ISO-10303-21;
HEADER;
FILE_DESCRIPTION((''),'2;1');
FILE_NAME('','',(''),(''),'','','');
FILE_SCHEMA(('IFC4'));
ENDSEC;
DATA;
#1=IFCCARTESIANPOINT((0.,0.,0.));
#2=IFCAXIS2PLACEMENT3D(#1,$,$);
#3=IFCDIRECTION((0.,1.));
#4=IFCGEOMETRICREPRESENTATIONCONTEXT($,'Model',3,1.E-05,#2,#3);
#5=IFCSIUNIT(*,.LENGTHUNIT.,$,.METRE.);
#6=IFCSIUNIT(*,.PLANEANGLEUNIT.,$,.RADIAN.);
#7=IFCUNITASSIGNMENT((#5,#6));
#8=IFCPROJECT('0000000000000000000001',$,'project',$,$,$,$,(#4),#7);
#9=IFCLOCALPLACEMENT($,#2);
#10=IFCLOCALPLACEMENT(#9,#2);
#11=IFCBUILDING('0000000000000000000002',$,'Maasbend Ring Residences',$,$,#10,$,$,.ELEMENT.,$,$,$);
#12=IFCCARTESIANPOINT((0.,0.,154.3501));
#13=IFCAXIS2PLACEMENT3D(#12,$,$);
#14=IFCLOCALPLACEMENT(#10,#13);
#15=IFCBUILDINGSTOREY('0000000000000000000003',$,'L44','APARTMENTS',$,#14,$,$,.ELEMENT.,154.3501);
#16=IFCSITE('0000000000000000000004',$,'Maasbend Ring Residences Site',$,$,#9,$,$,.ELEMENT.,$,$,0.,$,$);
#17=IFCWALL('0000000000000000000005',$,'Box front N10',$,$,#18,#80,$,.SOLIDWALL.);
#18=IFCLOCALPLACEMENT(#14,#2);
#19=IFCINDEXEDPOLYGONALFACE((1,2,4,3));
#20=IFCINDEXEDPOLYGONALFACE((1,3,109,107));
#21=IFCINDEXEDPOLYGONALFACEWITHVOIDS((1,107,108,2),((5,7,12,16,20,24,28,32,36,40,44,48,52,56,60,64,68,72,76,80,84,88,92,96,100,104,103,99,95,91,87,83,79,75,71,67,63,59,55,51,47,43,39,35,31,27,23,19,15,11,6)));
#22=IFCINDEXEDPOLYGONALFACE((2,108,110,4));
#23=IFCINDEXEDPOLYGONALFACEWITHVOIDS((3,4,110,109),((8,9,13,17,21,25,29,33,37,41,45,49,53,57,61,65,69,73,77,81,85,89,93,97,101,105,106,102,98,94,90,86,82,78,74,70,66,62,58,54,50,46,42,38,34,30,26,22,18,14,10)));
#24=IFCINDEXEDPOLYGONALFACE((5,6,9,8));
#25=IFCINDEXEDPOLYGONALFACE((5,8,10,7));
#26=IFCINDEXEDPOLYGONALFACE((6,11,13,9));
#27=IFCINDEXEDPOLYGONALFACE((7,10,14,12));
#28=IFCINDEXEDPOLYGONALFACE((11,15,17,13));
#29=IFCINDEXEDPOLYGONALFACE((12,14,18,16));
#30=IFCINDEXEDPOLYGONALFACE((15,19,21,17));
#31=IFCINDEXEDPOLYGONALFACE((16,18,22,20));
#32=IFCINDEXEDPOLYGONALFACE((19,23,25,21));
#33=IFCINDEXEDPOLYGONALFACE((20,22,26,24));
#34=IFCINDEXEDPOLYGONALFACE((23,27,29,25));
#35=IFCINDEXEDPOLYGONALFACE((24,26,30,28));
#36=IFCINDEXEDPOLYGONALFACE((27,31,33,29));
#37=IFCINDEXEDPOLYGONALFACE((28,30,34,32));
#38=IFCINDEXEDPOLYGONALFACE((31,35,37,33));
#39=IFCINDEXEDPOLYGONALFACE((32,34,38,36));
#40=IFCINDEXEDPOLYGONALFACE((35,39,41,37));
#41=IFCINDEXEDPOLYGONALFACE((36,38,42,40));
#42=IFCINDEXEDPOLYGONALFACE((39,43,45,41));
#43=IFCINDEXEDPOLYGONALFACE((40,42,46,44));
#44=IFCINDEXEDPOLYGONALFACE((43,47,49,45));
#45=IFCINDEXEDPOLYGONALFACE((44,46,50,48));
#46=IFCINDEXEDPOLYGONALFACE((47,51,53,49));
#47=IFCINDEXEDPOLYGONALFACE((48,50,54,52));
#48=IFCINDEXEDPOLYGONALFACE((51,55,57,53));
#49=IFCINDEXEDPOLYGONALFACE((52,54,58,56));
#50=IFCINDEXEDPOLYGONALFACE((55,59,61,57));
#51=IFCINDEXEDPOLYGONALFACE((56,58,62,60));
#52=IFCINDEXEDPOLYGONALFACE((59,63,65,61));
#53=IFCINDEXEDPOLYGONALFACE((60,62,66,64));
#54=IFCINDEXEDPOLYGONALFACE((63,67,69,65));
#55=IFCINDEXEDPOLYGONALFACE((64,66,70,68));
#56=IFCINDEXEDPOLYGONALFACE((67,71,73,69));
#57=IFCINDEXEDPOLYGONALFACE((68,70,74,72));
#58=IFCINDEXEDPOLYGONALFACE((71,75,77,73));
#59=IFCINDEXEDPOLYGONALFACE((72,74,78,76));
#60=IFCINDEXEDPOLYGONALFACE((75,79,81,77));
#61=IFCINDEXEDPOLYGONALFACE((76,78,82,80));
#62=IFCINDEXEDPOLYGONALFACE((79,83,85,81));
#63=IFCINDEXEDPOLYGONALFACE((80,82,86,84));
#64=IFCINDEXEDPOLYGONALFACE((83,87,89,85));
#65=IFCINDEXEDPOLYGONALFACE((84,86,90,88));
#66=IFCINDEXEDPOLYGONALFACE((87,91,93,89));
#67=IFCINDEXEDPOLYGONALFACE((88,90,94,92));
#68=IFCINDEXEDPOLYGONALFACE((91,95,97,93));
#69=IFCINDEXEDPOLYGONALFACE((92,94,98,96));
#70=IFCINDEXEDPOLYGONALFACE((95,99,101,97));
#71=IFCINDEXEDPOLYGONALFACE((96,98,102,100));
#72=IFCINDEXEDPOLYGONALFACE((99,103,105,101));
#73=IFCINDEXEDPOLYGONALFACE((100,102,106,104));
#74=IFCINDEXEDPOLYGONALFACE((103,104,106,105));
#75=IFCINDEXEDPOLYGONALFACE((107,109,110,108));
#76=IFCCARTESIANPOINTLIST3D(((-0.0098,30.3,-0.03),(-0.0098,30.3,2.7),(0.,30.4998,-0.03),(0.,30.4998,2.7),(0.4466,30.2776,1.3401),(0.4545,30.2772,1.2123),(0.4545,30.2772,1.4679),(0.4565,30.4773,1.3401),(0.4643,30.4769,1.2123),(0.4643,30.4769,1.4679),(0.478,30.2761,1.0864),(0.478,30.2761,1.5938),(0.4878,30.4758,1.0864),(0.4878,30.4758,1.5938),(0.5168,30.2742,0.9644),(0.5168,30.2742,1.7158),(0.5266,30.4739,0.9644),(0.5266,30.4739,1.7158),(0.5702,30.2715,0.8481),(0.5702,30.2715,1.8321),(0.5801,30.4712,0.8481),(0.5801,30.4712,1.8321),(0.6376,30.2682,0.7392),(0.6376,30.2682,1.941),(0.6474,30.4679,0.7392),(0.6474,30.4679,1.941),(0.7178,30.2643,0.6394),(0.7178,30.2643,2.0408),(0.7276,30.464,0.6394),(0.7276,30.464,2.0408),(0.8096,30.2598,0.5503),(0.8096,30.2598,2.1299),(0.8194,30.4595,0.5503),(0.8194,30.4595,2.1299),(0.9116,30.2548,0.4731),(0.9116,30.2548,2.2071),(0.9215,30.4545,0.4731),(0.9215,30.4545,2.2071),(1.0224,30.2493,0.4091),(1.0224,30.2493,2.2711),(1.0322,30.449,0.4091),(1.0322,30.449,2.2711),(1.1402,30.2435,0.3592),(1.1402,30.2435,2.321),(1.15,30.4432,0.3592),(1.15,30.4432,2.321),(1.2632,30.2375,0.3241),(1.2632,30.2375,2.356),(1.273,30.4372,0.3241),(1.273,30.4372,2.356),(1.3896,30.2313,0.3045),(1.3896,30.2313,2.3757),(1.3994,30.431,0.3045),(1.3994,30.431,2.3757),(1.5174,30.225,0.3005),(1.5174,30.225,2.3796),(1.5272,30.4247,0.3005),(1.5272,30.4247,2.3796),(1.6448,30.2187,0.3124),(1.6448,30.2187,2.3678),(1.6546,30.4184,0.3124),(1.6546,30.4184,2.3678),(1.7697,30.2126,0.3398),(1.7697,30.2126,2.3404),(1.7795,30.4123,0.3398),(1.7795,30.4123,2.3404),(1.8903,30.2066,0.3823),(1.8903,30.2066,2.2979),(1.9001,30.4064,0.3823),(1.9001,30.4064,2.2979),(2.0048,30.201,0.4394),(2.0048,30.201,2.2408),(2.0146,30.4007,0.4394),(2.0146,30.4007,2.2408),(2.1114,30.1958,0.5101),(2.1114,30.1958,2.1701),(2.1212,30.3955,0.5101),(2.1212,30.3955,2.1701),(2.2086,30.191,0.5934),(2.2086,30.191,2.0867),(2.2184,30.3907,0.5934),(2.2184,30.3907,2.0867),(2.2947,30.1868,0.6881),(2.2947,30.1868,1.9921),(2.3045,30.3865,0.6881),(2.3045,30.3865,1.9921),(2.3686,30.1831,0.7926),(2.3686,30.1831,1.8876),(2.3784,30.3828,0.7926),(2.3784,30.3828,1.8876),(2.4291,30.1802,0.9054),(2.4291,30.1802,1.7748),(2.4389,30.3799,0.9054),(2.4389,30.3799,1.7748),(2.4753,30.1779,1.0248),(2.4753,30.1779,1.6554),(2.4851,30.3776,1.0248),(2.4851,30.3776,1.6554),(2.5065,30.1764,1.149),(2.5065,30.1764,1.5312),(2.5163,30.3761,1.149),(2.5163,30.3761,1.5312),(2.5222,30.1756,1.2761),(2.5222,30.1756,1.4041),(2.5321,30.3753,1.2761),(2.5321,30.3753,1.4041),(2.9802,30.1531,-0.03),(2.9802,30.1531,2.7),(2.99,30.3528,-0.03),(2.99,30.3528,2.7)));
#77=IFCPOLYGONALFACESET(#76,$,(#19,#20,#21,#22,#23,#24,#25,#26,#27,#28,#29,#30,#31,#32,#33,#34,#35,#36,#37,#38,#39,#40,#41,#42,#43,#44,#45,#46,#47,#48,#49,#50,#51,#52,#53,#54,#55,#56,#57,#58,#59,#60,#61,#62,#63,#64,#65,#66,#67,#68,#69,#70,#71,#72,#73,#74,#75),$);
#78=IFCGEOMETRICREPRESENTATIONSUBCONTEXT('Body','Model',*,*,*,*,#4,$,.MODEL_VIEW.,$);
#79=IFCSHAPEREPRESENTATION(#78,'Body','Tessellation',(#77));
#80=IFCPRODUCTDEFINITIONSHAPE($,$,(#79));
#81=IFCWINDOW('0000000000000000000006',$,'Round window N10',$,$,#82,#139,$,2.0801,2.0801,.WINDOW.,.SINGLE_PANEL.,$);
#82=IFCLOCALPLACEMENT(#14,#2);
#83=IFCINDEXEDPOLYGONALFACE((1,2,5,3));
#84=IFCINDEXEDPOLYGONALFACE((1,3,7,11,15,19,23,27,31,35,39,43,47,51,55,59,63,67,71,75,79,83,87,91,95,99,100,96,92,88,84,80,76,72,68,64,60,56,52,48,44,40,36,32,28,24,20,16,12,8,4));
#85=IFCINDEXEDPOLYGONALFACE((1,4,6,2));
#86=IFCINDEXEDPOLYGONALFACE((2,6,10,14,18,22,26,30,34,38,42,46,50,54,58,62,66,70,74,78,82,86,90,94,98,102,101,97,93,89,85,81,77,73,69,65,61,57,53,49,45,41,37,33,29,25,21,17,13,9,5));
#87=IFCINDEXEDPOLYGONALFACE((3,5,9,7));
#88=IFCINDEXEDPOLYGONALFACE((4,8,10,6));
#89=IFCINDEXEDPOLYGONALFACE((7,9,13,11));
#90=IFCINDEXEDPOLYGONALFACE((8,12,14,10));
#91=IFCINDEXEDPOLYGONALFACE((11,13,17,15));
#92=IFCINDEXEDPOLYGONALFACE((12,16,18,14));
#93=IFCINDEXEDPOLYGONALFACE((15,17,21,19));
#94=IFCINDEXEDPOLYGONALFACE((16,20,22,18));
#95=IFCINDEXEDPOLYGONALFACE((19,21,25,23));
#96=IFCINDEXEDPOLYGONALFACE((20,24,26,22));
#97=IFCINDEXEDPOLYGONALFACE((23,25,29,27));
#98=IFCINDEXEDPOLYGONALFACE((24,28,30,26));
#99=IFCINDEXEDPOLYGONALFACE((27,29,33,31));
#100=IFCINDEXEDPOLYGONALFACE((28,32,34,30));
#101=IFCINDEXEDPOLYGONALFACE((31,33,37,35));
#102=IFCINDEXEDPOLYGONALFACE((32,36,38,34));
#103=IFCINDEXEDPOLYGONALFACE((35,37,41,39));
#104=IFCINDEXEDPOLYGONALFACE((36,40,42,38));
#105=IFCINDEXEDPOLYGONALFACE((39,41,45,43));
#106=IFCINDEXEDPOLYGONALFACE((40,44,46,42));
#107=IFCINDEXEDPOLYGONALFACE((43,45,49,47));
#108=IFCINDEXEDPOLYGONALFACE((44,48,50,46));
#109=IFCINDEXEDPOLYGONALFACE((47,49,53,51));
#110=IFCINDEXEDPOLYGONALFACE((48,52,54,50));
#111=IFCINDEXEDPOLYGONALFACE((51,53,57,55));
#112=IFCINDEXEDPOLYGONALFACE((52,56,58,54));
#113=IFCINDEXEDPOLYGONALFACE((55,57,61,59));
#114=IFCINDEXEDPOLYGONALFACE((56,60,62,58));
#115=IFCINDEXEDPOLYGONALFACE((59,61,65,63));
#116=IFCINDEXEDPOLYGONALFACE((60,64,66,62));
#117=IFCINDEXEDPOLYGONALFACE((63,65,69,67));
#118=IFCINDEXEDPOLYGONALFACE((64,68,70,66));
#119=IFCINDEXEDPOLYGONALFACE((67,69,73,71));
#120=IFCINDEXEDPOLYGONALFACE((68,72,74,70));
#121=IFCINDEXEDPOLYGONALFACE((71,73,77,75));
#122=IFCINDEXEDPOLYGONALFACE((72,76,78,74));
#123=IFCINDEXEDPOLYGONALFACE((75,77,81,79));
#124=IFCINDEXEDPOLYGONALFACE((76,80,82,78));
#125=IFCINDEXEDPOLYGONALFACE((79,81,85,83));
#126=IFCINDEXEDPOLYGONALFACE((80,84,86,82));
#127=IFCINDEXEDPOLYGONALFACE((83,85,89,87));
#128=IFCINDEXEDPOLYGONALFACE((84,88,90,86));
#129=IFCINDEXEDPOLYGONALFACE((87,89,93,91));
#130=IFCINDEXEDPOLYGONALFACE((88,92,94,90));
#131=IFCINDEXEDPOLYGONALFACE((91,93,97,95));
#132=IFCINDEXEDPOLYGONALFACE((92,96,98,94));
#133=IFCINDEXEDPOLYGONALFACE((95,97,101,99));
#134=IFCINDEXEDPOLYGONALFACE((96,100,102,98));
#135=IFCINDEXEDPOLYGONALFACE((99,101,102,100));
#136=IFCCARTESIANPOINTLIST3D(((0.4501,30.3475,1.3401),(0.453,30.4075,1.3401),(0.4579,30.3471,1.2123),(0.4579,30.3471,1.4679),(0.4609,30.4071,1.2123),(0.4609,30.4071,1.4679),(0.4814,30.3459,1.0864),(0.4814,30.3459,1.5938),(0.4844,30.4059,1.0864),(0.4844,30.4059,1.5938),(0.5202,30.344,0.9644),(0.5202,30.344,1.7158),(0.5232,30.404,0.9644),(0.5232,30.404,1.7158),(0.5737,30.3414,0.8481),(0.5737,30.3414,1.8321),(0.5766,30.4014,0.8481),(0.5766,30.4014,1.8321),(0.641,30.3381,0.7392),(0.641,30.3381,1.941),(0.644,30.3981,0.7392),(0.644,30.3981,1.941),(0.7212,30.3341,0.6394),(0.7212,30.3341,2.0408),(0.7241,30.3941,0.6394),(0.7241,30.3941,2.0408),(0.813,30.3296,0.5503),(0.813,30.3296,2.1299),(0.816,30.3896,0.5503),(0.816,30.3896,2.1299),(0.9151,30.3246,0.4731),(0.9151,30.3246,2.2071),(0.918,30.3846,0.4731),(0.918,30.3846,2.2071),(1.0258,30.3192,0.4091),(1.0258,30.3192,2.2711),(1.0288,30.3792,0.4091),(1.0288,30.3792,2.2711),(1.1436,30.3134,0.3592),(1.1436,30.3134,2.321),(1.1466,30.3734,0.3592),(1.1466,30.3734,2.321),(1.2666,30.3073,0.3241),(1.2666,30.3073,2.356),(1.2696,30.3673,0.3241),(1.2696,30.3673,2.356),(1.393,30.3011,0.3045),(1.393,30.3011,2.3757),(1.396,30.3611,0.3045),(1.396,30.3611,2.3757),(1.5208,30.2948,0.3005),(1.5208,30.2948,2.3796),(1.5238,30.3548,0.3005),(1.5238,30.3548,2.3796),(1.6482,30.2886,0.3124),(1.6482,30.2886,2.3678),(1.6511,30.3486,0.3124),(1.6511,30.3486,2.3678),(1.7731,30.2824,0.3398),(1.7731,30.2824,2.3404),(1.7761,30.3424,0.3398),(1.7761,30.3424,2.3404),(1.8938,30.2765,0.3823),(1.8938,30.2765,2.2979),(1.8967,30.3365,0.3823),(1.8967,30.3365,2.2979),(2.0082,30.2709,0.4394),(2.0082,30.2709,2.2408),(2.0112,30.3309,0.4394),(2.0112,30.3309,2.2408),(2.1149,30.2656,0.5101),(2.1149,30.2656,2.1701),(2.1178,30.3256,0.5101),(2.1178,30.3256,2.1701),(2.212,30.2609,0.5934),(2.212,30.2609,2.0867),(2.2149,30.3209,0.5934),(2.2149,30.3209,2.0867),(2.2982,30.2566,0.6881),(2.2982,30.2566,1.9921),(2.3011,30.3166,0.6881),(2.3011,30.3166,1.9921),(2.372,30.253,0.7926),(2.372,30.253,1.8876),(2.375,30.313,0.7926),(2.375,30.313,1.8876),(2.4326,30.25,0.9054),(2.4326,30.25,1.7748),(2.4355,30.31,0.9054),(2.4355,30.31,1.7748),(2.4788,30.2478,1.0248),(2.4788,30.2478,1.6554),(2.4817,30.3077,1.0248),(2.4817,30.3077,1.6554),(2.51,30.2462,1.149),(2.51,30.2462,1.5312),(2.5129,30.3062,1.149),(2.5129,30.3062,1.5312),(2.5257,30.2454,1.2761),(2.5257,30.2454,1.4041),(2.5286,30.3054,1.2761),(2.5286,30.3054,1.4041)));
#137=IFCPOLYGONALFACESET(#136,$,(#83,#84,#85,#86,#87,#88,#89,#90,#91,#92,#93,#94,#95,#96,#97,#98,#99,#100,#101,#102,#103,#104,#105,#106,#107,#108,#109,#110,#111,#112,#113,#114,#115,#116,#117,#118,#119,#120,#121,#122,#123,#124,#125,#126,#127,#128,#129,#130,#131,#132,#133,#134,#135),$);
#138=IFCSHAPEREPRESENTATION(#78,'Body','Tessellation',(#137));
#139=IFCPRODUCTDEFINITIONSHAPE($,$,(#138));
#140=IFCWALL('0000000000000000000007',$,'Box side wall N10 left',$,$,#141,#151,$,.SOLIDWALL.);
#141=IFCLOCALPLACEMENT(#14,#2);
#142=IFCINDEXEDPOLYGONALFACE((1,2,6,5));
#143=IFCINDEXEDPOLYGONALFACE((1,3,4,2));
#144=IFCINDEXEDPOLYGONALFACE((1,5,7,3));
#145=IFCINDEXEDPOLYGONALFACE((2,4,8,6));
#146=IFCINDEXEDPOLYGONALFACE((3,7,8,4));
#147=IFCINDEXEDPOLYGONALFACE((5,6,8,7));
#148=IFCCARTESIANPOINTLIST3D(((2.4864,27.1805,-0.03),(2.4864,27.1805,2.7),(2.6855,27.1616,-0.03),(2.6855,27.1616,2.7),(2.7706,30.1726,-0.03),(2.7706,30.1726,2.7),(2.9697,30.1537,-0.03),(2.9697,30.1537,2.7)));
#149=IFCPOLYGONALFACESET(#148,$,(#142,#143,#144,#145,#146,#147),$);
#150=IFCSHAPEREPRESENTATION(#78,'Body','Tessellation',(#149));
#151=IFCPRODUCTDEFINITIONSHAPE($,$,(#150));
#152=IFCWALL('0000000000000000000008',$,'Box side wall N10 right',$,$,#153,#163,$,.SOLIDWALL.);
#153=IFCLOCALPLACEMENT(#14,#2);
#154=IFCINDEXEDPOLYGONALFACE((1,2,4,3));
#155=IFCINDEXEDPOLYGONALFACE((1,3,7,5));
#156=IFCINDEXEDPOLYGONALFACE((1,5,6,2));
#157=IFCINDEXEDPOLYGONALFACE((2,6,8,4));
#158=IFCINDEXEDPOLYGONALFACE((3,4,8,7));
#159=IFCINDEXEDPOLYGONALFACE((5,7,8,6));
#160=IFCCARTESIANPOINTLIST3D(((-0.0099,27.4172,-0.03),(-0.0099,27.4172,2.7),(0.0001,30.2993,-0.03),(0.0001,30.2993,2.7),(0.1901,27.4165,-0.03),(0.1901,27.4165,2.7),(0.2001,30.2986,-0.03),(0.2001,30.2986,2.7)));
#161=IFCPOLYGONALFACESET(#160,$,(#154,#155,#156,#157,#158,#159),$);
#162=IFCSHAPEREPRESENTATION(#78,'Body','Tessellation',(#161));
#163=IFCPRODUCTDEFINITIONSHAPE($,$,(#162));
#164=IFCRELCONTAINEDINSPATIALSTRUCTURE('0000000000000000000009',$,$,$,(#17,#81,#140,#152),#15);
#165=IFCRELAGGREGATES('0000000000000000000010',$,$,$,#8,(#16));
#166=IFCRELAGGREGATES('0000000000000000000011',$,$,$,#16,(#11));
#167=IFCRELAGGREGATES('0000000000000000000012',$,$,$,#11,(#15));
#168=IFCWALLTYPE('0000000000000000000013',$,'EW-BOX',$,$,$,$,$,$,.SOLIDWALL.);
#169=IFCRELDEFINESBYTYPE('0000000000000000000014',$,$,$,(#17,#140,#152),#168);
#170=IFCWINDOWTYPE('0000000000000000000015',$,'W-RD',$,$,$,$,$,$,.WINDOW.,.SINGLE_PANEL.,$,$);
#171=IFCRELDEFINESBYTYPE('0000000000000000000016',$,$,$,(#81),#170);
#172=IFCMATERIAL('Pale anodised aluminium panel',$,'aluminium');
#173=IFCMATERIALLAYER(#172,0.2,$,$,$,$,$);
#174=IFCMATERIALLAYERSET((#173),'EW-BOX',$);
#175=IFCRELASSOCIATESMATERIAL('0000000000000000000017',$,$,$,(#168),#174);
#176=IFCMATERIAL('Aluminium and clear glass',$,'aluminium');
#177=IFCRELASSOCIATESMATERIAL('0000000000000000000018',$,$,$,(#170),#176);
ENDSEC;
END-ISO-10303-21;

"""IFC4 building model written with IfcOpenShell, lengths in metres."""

from ifc_helpers import new_model, si_unit, direction, frame, frame_2d, origin, place, context, subcontext, project, spatial, rectangle, circle, extrude, material, layer, layer_set, type_object, element, fill, save


model = new_model("IFC4")

# Units and contexts
model_context = context("Model", 3, precision=1e-05, world=origin(), true_north=direction((0.0, 1.0)))
body_context = subcontext(model_context, "Body", "Model", "MODEL_VIEW")
ifc_project = project(units=[si_unit("LENGTHUNIT", "METRE"), si_unit("PLANEANGLEUNIT", "RADIAN")], contexts=[model_context])

# Site, building, storey
site_placement = place(None, origin())
site = spatial("IfcSite", under=ifc_project, at=site_placement, Name="Maasbend Ring Residences Site", CompositionType="ELEMENT", RefElevation=0.0)
building_placement = place(site_placement, origin())
building = spatial("IfcBuilding", under=site, at=building_placement, Name="Maasbend Ring Residences", CompositionType="ELEMENT")
storey_placement = place(building_placement, frame((0.0, 0.0, 154.3501)))
storey = spatial("IfcBuildingStorey", under=building, at=storey_placement, Name="L44", Description="APARTMENTS", CompositionType="ELEMENT", Elevation=154.3501)

# Shared definitions
ifc_material_1 = material(Name="Pale anodised aluminium panel", Category="aluminium")
ifc_layer_1 = layer(ifc_material_1, 0.2)
ifc_layer_set_1 = layer_set([ifc_layer_1], Name="EW-BOX")
wall_type_1 = type_object("IfcWallType", Name="EW-BOX", PredefinedType="SOLIDWALL", material=ifc_layer_set_1)
ifc_material_2 = material(Name="Aluminium and clear glass", Category="aluminium")
window_type_1 = type_object("IfcWindowType", Name="W-RD", PartitioningType="SINGLE_PANEL", PredefinedType="WINDOW", material=ifc_material_2)

# Wall, opening, window
wall_1_placement = place(storey_placement, frame((2.9851, 30.2529, -0.03), z_axis=(0.0, 0.0, 1.0), x_axis=(-0.998794, 0.049096, 0.0)))
wall_1 = element("IfcWall", 1, at=wall_1_placement, inside=storey, type_object=wall_type_1, Name="Box front N10", PredefinedType="SOLIDWALL", context=body_context, shape_type="SweptSolid", body=[
    extrude(rectangle(XDim=2.9937, YDim=0.2, at=frame_2d((1.4968, 0.0))), origin(), (0.0, 0.0, 1.0), 2.73),
])
opening_1_placement = place(wall_1_placement, frame((0.4565, 0.0, 0.3301)))
opening_1 = element("IfcOpeningElement", 2, at=opening_1_placement, cuts=wall_1, PredefinedType="OPENING", context=body_context, shape_type="SweptSolid", body=[
    extrude(circle(Radius=1.04, at=frame_2d((1.04, 1.04))), frame((0.0, 0.1099, 0.0), z_axis=(0.0, -1.0, 0.0), x_axis=(1.0, 0.0, 0.0)), (0.0, 0.0, 1.0), 0.22),
])
window_1_placement = place(opening_1_placement, origin())
window_1 = element("IfcWindow", 3, at=window_1_placement, inside=storey, type_object=window_type_1, Name="Round window N10", OverallHeight=2.0801, OverallWidth=2.0801, PartitioningType="SINGLE_PANEL", PredefinedType="WINDOW", context=body_context, shape_type="SweptSolid", body=[
    extrude(circle(Radius=1.04, at=frame_2d((1.04, 1.04))), frame((0.0, 0.03, 0.0), z_axis=(0.0, -1.0, 0.0), x_axis=(1.0, 0.0, 0.0)), (0.0, 0.0, 1.0), 0.0601),
])
fill(opening_1, window_1)

# Walls
wall_2_placement = place(storey_placement, frame((2.5859, 27.1709, -0.03), z_axis=(0.0, 0.0, 1.0), x_axis=(0.094548, 0.99552, 0.0)))
element("IfcWall", 4, at=wall_2_placement, inside=storey, type_object=wall_type_1, Name="Box side wall N10 left", PredefinedType="SOLIDWALL", context=body_context, shape_type="SweptSolid", body=[
    extrude(rectangle(XDim=3.0056, YDim=0.2, at=frame_2d((1.5029, 0.0))), origin(), (0.0, 0.0, 1.0), 2.73),
])
wall_3_placement = place(storey_placement, frame((0.0901, 27.417, -0.03), z_axis=(0.0, 0.0, 1.0), x_axis=(0.003473, 0.999994, 0.0)))
element("IfcWall", 5, at=wall_3_placement, inside=storey, type_object=wall_type_1, Name="Box side wall N10 right", PredefinedType="SOLIDWALL", context=body_context, shape_type="SweptSolid", body=[
    extrude(rectangle(XDim=2.8821, YDim=0.2, at=frame_2d((1.4409, 0.0))), origin(), (0.0, 0.0, 1.0), 2.73),
])

save(model, "model.ifc")
